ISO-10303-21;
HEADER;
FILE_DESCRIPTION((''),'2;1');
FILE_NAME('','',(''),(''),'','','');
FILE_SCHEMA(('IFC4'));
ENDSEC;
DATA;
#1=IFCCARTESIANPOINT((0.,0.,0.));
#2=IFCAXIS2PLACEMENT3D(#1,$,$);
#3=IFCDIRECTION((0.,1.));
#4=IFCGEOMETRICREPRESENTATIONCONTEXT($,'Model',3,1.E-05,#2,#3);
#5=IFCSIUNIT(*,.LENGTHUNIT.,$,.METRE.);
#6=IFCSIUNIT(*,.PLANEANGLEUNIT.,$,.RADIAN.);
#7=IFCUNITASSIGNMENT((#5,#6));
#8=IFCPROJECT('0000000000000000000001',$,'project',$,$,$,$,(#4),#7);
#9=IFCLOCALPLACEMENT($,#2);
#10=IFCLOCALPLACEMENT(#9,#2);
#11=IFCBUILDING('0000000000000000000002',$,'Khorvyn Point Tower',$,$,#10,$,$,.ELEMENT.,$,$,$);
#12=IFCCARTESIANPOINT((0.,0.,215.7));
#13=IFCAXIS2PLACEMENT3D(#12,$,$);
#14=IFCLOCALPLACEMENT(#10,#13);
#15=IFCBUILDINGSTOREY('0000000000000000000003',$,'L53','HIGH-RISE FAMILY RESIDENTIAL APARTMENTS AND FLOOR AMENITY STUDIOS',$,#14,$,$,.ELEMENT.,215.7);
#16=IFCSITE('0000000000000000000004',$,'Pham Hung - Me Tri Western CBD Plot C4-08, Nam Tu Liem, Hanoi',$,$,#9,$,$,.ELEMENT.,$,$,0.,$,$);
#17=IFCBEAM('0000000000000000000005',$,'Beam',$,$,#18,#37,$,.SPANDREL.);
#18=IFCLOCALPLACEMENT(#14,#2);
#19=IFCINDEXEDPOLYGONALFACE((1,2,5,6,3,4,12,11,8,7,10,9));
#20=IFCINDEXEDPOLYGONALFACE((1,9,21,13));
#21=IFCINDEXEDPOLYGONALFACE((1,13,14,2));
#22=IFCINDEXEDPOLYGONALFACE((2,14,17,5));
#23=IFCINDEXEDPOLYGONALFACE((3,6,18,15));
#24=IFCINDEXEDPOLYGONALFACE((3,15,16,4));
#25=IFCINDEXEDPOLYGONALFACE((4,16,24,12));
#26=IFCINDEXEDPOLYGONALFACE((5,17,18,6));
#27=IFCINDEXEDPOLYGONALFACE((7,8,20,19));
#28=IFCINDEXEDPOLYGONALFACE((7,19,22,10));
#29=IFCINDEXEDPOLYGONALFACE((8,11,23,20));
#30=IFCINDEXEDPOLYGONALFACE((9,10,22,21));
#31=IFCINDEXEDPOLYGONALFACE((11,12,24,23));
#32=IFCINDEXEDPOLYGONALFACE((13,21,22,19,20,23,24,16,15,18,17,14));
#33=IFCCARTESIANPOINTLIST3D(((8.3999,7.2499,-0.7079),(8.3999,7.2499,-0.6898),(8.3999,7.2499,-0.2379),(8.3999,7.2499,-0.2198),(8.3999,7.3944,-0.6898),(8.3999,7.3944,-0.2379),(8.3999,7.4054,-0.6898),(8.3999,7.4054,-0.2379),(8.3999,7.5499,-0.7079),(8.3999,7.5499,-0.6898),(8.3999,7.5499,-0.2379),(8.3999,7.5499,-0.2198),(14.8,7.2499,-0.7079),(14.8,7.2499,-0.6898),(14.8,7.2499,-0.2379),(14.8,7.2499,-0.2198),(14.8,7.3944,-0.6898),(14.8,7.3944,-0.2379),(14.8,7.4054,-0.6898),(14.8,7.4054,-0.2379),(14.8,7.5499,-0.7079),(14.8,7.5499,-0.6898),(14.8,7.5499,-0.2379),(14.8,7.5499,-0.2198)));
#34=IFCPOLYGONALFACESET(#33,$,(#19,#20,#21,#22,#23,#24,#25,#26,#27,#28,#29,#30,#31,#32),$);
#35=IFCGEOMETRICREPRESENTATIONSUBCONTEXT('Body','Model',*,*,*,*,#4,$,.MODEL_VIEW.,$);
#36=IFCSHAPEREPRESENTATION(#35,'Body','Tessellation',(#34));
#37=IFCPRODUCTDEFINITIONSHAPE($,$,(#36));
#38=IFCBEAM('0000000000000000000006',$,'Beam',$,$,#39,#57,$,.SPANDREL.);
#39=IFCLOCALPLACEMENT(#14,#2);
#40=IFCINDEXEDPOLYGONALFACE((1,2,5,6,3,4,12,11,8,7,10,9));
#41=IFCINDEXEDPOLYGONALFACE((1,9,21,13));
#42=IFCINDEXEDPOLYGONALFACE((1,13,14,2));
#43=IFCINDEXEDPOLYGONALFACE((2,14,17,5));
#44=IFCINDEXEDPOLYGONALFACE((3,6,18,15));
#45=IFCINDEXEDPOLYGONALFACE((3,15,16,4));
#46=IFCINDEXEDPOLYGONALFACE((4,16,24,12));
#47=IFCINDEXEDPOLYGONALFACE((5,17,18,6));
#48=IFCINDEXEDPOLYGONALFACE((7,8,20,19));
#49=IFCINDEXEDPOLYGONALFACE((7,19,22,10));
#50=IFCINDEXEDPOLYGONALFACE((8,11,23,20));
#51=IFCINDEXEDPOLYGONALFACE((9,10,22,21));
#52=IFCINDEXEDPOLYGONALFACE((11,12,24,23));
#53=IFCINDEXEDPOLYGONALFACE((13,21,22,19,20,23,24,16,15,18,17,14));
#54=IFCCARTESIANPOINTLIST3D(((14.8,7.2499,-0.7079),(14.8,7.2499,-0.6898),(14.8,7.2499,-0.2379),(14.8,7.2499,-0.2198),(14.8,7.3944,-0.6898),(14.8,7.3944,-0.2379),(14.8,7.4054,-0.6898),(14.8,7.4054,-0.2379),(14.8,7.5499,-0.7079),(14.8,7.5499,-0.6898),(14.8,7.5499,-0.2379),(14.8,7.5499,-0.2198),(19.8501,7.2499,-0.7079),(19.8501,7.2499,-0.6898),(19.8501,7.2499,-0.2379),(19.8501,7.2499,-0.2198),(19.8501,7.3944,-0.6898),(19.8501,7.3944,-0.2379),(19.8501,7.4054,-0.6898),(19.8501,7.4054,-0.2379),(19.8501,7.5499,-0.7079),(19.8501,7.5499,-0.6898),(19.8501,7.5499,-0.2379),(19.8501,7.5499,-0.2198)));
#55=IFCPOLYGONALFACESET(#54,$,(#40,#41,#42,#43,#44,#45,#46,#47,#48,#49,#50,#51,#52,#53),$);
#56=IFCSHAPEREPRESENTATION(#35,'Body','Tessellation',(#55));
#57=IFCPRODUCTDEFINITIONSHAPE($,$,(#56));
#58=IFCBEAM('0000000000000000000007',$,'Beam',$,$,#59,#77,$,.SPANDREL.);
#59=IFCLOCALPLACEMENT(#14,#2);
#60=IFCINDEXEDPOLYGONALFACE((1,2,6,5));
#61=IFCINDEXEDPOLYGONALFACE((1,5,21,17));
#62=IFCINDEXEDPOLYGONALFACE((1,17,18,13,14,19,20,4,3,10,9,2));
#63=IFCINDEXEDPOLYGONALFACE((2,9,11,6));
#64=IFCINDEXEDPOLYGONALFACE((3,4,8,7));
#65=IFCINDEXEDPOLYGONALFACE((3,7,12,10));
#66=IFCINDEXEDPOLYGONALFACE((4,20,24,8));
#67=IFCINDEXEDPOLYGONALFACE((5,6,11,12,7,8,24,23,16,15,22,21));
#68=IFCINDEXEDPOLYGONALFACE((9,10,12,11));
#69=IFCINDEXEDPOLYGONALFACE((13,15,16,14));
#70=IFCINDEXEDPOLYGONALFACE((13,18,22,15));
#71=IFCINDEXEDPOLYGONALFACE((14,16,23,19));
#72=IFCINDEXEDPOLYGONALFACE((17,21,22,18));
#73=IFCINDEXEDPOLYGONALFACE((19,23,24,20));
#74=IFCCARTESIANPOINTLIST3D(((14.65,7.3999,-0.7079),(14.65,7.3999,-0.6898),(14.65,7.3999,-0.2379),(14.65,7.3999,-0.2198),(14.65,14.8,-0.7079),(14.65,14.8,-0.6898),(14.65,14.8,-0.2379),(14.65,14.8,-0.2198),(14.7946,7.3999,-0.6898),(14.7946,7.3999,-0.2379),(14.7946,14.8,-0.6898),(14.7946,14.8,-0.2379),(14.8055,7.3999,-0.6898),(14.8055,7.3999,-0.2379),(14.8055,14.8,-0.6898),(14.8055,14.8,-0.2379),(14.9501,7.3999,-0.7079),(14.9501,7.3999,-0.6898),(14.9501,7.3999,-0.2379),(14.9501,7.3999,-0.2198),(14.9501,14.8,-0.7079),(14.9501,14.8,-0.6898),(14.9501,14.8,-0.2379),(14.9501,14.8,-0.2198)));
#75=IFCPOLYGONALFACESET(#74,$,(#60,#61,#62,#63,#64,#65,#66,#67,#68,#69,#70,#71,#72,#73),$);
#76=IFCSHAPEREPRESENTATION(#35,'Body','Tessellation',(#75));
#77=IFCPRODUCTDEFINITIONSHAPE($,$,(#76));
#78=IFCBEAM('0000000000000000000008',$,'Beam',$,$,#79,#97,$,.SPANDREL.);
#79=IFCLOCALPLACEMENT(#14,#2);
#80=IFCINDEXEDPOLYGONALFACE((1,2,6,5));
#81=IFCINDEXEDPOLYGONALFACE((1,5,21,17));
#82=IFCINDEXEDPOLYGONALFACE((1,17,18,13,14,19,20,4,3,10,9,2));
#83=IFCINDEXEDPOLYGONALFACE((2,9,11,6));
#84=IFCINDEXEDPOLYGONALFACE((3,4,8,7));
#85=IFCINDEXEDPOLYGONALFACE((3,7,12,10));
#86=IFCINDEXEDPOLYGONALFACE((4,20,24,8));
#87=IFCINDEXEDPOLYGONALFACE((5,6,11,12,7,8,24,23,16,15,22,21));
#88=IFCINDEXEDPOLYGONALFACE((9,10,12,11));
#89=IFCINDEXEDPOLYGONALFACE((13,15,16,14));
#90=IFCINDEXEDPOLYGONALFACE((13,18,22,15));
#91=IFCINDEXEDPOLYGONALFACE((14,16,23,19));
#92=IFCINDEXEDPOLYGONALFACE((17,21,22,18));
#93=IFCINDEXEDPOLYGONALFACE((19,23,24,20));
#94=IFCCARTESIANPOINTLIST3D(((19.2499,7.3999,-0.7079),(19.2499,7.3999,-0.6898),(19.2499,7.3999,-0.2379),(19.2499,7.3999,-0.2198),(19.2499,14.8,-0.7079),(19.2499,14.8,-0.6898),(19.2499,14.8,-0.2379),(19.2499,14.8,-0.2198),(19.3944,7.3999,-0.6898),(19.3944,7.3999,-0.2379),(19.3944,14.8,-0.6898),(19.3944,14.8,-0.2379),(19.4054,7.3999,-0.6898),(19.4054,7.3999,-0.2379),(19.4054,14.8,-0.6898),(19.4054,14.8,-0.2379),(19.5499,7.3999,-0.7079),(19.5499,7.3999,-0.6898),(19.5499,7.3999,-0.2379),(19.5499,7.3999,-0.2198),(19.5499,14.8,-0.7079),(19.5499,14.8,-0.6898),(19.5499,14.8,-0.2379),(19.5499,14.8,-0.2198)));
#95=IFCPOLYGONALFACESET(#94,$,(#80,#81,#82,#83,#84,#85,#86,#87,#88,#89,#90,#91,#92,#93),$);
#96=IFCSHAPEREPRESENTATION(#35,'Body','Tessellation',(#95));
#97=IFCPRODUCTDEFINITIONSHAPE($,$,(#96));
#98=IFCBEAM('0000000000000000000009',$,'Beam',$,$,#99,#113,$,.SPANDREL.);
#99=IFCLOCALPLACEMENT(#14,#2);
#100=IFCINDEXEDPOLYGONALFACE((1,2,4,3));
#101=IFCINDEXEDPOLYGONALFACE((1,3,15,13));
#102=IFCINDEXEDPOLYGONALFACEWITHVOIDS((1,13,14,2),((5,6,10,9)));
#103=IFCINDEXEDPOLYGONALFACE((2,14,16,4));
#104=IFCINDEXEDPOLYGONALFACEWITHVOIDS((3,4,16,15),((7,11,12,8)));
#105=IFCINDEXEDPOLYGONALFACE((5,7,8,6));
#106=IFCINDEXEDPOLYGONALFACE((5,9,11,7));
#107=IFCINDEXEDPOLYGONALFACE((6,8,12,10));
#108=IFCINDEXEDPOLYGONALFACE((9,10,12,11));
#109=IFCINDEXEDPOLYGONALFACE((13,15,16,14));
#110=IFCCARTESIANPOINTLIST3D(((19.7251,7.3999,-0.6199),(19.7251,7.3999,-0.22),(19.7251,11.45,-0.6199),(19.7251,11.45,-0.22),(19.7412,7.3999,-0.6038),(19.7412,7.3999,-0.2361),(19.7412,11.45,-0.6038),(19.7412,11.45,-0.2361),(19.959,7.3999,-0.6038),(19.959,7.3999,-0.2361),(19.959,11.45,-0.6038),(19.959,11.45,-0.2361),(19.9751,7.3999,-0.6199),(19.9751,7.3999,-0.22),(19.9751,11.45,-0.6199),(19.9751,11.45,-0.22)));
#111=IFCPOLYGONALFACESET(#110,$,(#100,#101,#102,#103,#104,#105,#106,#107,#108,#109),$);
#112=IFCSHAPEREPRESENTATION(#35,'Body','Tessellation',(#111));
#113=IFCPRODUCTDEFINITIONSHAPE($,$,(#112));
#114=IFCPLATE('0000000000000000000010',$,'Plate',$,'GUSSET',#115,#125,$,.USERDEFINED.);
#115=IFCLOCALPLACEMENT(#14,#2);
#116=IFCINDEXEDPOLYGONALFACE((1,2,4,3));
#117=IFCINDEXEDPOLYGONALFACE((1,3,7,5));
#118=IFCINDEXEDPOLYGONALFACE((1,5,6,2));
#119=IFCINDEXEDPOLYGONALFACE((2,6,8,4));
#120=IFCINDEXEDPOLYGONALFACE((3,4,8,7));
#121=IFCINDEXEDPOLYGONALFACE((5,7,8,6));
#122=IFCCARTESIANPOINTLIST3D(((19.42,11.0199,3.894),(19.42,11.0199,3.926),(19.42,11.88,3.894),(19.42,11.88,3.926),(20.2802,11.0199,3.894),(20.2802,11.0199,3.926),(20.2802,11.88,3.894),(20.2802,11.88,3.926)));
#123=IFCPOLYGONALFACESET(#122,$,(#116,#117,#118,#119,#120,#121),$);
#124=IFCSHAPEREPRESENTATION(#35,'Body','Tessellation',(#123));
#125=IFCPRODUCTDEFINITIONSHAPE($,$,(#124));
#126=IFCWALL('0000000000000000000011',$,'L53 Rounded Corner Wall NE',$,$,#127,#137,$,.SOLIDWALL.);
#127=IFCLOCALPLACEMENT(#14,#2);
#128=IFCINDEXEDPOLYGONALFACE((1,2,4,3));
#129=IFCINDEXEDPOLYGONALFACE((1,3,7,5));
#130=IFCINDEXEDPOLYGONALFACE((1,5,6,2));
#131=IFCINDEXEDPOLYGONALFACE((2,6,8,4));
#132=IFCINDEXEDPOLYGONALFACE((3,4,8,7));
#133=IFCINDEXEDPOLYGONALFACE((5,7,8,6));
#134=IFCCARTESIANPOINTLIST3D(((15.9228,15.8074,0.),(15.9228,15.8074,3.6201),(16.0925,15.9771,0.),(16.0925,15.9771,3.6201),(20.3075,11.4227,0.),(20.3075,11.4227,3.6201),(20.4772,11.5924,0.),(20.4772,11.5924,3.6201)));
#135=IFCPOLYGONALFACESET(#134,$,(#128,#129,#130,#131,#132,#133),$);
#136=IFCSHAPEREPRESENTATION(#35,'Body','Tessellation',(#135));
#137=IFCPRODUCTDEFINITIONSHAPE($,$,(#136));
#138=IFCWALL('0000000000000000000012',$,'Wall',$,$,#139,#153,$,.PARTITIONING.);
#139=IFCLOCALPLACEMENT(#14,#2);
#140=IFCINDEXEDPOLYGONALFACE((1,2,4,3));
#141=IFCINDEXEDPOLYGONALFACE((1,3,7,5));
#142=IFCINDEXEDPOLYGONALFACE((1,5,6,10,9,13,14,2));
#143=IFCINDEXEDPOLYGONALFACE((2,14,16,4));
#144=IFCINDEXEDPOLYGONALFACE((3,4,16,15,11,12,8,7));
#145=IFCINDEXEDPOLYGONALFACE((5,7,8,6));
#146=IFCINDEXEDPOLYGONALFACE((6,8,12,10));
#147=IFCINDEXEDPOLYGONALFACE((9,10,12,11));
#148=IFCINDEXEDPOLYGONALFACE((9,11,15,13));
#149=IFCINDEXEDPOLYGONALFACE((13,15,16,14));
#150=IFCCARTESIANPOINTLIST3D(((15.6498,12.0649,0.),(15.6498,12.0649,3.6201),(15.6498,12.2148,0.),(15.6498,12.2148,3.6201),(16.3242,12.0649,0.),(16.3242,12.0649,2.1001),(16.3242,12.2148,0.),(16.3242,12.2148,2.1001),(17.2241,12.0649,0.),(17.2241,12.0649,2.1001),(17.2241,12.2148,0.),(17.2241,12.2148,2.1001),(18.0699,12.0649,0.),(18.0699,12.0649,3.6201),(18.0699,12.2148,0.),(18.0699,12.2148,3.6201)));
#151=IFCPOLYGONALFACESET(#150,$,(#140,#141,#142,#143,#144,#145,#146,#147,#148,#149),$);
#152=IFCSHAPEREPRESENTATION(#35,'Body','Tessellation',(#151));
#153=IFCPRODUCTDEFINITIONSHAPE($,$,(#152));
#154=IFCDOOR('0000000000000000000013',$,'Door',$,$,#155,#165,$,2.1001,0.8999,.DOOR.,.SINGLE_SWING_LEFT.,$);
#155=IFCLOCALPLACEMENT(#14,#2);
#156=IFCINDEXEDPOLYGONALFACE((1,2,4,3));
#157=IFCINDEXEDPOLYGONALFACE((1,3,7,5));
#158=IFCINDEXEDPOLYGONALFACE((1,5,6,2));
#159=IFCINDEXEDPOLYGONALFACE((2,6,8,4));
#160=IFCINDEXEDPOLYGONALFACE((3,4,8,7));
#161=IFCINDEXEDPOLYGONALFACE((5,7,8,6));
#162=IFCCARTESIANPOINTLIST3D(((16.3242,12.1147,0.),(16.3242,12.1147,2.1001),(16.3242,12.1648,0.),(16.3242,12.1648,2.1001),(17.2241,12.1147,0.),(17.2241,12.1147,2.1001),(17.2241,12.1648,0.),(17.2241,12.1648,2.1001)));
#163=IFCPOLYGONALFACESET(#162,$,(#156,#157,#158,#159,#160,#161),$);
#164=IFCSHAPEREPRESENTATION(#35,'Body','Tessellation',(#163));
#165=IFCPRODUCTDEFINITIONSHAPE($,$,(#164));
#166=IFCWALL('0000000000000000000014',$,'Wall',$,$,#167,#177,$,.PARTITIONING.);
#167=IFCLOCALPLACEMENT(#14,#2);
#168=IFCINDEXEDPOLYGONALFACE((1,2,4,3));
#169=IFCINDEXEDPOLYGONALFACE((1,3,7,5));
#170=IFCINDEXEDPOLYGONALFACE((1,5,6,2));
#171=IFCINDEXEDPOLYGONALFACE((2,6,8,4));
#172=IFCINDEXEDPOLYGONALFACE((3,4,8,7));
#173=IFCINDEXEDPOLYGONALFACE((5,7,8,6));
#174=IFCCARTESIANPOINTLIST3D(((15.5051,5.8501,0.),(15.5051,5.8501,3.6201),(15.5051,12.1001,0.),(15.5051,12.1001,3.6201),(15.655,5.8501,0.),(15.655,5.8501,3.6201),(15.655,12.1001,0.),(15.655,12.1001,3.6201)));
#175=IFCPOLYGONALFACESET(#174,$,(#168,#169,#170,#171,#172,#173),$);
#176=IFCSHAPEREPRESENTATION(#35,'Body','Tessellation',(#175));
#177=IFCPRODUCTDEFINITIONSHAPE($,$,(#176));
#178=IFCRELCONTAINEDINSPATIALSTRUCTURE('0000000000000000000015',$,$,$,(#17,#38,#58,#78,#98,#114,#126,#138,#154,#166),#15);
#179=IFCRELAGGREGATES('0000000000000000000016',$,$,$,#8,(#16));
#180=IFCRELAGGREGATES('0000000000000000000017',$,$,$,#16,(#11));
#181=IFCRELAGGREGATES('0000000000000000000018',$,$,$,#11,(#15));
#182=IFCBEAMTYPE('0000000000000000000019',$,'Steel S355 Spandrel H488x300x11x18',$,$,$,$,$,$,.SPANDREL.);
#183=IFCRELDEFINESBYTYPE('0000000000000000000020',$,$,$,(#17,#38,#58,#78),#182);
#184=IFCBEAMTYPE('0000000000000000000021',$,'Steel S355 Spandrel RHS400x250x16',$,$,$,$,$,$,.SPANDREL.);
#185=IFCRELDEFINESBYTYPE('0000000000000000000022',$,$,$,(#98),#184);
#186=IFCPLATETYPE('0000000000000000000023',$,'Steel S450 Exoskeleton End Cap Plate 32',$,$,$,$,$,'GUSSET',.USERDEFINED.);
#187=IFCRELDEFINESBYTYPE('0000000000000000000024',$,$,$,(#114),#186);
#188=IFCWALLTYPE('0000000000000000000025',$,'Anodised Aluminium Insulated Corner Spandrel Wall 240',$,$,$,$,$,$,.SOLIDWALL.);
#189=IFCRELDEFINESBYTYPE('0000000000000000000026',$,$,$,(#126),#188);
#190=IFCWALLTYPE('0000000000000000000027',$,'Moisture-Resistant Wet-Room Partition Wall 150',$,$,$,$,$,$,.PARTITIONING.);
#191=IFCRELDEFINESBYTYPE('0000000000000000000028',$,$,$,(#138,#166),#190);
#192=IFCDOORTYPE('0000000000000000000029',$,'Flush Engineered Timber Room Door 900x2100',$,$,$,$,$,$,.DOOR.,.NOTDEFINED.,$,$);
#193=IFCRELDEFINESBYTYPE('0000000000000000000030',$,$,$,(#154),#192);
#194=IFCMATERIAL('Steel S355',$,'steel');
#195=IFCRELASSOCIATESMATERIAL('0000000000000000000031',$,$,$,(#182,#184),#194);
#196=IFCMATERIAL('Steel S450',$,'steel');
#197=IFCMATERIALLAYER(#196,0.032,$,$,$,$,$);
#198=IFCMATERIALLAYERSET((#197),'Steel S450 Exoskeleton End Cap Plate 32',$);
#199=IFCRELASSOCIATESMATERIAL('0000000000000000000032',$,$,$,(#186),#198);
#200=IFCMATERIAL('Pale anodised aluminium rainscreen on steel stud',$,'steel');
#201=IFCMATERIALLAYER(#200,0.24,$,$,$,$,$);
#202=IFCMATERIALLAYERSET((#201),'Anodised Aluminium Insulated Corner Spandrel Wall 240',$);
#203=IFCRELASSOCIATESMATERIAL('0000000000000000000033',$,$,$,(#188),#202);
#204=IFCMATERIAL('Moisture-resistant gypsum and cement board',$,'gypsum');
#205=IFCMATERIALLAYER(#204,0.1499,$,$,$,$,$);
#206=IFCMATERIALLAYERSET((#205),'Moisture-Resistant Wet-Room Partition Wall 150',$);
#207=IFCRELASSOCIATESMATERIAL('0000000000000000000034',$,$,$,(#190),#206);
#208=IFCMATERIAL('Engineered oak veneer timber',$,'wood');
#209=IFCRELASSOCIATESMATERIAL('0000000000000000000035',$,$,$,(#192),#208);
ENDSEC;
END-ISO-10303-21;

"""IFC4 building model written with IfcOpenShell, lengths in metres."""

from ifc_helpers import new_model, si_unit, direction, frame, frame_2d, origin, origin_2d, place, context, subcontext, project, spatial, rectangle, hollow_rectangle, i_section, extrude, material, layer, layer_set, material_profile, profile_set, type_object, element, fill, save


model = new_model("IFC4")

# Units and contexts
model_context = context("Model", 3, precision=1e-05, world=origin(), true_north=direction((0.0, 1.0)))
body_context = subcontext(model_context, "Body", "Model", "MODEL_VIEW")
ifc_project = project(units=[si_unit("LENGTHUNIT", "METRE"), si_unit("PLANEANGLEUNIT", "RADIAN")], contexts=[model_context])

# Site, building, storey
site_placement = place(None, origin())
site = spatial("IfcSite", under=ifc_project, at=site_placement, Name="Pham Hung - Me Tri Western CBD Plot C4-08, Nam Tu Liem, Hanoi", CompositionType="ELEMENT", RefElevation=0.0)
building_placement = place(site_placement, origin())
building = spatial("IfcBuilding", under=site, at=building_placement, Name="Khorvyn Point Tower", CompositionType="ELEMENT")
storey_placement = place(building_placement, frame((0.0, 0.0, 215.7)))
storey = spatial("IfcBuildingStorey", under=building, at=storey_placement, Name="L53", Description="HIGH-RISE FAMILY RESIDENTIAL APARTMENTS AND FLOOR AMENITY STUDIOS", CompositionType="ELEMENT", Elevation=215.7)

# Shared definitions
ifc_material_1 = material(Name="Steel S450", Category="steel")

# Beams
ifc_material_2 = material(Name="Steel S355", Category="steel")
ifc_material_profile_1 = material_profile(ifc_material_2, i_section(OverallWidth=0.3, OverallDepth=0.488, WebThickness=0.011, FlangeThickness=0.0181, at=origin_2d()))
ifc_profile_set_1 = profile_set([ifc_material_profile_1], Name="Steel S355 H488x300x11x18")
beam_type_1 = type_object("IfcBeamType", Name="Steel S355 Spandrel H488x300x11x18", PredefinedType="SPANDREL", material=ifc_profile_set_1)
beam_1_placement = place(storey_placement, frame((8.3999, 7.3999, -0.4639), z_axis=(1.0, 0.0, 0.0), x_axis=(0.0, 1.0, 0.0)))
element("IfcBeam", 1, at=beam_1_placement, inside=storey, type_object=beam_type_1, Name="Beam", PredefinedType="SPANDREL", context=body_context, shape_type="SweptSolid", body=[
    extrude(i_section(OverallWidth=0.3, OverallDepth=0.488, WebThickness=0.011, FlangeThickness=0.0181, at=origin_2d()), origin(), (0.0, 0.0, 1.0), 6.4001),
])
beam_2_placement = place(storey_placement, frame((14.8, 7.3999, -0.4639), z_axis=(1.0, 0.0, 0.0), x_axis=(0.0, 1.0, 0.0)))
element("IfcBeam", 2, at=beam_2_placement, inside=storey, type_object=beam_type_1, Name="Beam", PredefinedType="SPANDREL", context=body_context, shape_type="SweptSolid", body=[
    extrude(i_section(OverallWidth=0.3, OverallDepth=0.488, WebThickness=0.011, FlangeThickness=0.0181, at=origin_2d()), origin(), (0.0, 0.0, 1.0), 5.05),
])
for number, where, z_axis, x_axis, name in (
    (3, (14.8, 7.3999, -0.4639), (0.0, 1.0, 0.0), (-1.0, 0.0, 0.0), "Beam"),
    (4, (19.3999, 7.3999, -0.4639), (0.0, 1.0, 0.0), (-1.0, 0.0, 0.0), "Beam"),
):
    element("IfcBeam", number, at=place(storey_placement, frame(where, z_axis=z_axis, x_axis=x_axis)), inside=storey, type_object=beam_type_1, Name=name, PredefinedType="SPANDREL", context=body_context, shape_type="SweptSolid", body=[
        extrude(i_section(OverallWidth=0.3, OverallDepth=0.488, WebThickness=0.011, FlangeThickness=0.0181, at=origin_2d()), origin(), (0.0, 0.0, 1.0), 7.4001),
    ])
ifc_material_profile_2 = material_profile(ifc_material_2, hollow_rectangle(XDim=0.25, YDim=0.3999, WallThickness=0.0161, at=origin_2d()))
ifc_profile_set_2 = profile_set([ifc_material_profile_2], Name="Steel S355 RHS400x250x16")
beam_type_2 = type_object("IfcBeamType", Name="Steel S355 Spandrel RHS400x250x16", PredefinedType="SPANDREL", material=ifc_profile_set_2)
beam_3_placement = place(storey_placement, frame((19.8501, 7.3999, -0.4199), z_axis=(0.0, 1.0, 0.0), x_axis=(-1.0, 0.0, 0.0)))
element("IfcBeam", 5, at=beam_3_placement, inside=storey, type_object=beam_type_2, Name="Beam", PredefinedType="SPANDREL", context=body_context, shape_type="SweptSolid", body=[
    extrude(hollow_rectangle(XDim=0.25, YDim=0.3999, WallThickness=0.0161, at=origin_2d()), origin(), (0.0, 0.0, 1.0), 4.05),
])

# Plate
ifc_layer_1 = layer(ifc_material_1, 0.032)
ifc_layer_set_1 = layer_set([ifc_layer_1], Name="Steel S450 Exoskeleton End Cap Plate 32")
plate_type = type_object("IfcPlateType", Name="Steel S450 Exoskeleton End Cap Plate 32", ElementType="GUSSET", PredefinedType="USERDEFINED", material=ifc_layer_set_1)
plate_placement = place(storey_placement, frame((19.8501, 11.45, 3.894), z_axis=(0.0, 0.0, 1.0), x_axis=(1.0, 0.0, 0.0)))
element("IfcPlate", 6, at=plate_placement, inside=storey, type_object=plate_type, Name="Plate", ObjectType="GUSSET", PredefinedType="USERDEFINED", context=body_context, shape_type="SweptSolid", body=[
    extrude(rectangle(XDim=0.8601, YDim=0.8601, at=origin_2d()), origin(), (0.0, 0.0, 1.0), 0.032),
])

# Wall
ifc_material_3 = material(Name="Pale anodised aluminium rainscreen on steel stud", Category="steel")
ifc_layer_2 = layer(ifc_material_3, 0.24)
ifc_layer_set_2 = layer_set([ifc_layer_2], Name="Anodised Aluminium Insulated Corner Spandrel Wall 240")
wall_type_1 = type_object("IfcWallType", Name="Anodised Aluminium Insulated Corner Spandrel Wall 240", PredefinedType="SOLIDWALL", material=ifc_layer_set_2)
wall_1_placement = place(storey_placement, frame((16.0076, 15.8923, 0.0), z_axis=(0.0, 0.0, 1.0), x_axis=(0.707107, -0.707107, 0.0)))
element("IfcWall", 7, at=wall_1_placement, inside=storey, type_object=wall_type_1, Name="L53 Rounded Corner Wall NE", PredefinedType="SOLIDWALL", context=body_context, shape_type="SweptSolid", body=[
    extrude(rectangle(XDim=6.2009, YDim=0.24, at=frame_2d((3.1006, 0.0))), origin(), (0.0, 0.0, 1.0), 3.6201),
])

# Wall, opening, door
ifc_material_4 = material(Name="Moisture-resistant gypsum and cement board", Category="gypsum")
ifc_layer_3 = layer(ifc_material_4, 0.1499)
ifc_layer_set_3 = layer_set([ifc_layer_3], Name="Moisture-Resistant Wet-Room Partition Wall 150")
wall_type_2 = type_object("IfcWallType", Name="Moisture-Resistant Wet-Room Partition Wall 150", PredefinedType="PARTITIONING", material=ifc_layer_set_3)
wall_2_placement = place(storey_placement, frame((15.6499, 12.1399, 0.0), z_axis=(0.0, 0.0, 1.0), x_axis=(1.0, 0.0, 0.0)))
wall_2 = element("IfcWall", 8, at=wall_2_placement, inside=storey, type_object=wall_type_2, Name="Wall", PredefinedType="PARTITIONING", context=body_context, shape_type="SweptSolid", body=[
    extrude(rectangle(XDim=2.4202, YDim=0.1499, at=frame_2d((1.21, 0.0))), origin(), (0.0, 0.0, 1.0), 3.6201),
])
opening_placement = place(wall_2_placement, frame((0.6743, 0.0, 0.0)))
opening = element("IfcOpeningElement", 9, at=opening_placement, cuts=wall_2, PredefinedType="OPENING", context=body_context, shape_type="SweptSolid", body=[
    extrude(rectangle(XDim=0.8999, YDim=2.1001, at=frame_2d((0.45, 1.05))), frame((0.0, 0.085, 0.0), z_axis=(0.0, -1.0, 0.0), x_axis=(1.0, 0.0, 0.0)), (0.0, 0.0, 1.0), 0.1699),
])
ifc_material_5 = material(Name="Engineered oak veneer timber", Category="wood")
door_type = type_object("IfcDoorType", Name="Flush Engineered Timber Room Door 900x2100", OperationType="NOTDEFINED", PredefinedType="DOOR", material=ifc_material_5)
door_placement = place(opening_placement, origin())
door = element("IfcDoor", 10, at=door_placement, inside=storey, type_object=door_type, Name="Door", OperationType="SINGLE_SWING_LEFT", OverallHeight=2.1001, OverallWidth=0.8999, PredefinedType="DOOR", context=body_context, shape_type="SweptSolid", body=[
    extrude(rectangle(XDim=0.8999, YDim=2.1001, at=frame_2d((0.45, 1.05))), frame((0.0, 0.0249, 0.0), z_axis=(0.0, -1.0, 0.0), x_axis=(1.0, 0.0, 0.0)), (0.0, 0.0, 1.0), 0.05),
])
fill(opening, door)

# Wall
wall_3_placement = place(storey_placement, frame((15.5801, 5.8501, 0.0), z_axis=(0.0, 0.0, 1.0), x_axis=(0.0, 1.0, 0.0)))
element("IfcWall", 11, at=wall_3_placement, inside=storey, type_object=wall_type_2, Name="Wall", PredefinedType="PARTITIONING", context=body_context, shape_type="SweptSolid", body=[
    extrude(rectangle(XDim=6.25, YDim=0.1499, at=frame_2d((3.125, 0.0))), origin(), (0.0, 0.0, 1.0), 3.6201),
])

save(model, "model.ifc")
